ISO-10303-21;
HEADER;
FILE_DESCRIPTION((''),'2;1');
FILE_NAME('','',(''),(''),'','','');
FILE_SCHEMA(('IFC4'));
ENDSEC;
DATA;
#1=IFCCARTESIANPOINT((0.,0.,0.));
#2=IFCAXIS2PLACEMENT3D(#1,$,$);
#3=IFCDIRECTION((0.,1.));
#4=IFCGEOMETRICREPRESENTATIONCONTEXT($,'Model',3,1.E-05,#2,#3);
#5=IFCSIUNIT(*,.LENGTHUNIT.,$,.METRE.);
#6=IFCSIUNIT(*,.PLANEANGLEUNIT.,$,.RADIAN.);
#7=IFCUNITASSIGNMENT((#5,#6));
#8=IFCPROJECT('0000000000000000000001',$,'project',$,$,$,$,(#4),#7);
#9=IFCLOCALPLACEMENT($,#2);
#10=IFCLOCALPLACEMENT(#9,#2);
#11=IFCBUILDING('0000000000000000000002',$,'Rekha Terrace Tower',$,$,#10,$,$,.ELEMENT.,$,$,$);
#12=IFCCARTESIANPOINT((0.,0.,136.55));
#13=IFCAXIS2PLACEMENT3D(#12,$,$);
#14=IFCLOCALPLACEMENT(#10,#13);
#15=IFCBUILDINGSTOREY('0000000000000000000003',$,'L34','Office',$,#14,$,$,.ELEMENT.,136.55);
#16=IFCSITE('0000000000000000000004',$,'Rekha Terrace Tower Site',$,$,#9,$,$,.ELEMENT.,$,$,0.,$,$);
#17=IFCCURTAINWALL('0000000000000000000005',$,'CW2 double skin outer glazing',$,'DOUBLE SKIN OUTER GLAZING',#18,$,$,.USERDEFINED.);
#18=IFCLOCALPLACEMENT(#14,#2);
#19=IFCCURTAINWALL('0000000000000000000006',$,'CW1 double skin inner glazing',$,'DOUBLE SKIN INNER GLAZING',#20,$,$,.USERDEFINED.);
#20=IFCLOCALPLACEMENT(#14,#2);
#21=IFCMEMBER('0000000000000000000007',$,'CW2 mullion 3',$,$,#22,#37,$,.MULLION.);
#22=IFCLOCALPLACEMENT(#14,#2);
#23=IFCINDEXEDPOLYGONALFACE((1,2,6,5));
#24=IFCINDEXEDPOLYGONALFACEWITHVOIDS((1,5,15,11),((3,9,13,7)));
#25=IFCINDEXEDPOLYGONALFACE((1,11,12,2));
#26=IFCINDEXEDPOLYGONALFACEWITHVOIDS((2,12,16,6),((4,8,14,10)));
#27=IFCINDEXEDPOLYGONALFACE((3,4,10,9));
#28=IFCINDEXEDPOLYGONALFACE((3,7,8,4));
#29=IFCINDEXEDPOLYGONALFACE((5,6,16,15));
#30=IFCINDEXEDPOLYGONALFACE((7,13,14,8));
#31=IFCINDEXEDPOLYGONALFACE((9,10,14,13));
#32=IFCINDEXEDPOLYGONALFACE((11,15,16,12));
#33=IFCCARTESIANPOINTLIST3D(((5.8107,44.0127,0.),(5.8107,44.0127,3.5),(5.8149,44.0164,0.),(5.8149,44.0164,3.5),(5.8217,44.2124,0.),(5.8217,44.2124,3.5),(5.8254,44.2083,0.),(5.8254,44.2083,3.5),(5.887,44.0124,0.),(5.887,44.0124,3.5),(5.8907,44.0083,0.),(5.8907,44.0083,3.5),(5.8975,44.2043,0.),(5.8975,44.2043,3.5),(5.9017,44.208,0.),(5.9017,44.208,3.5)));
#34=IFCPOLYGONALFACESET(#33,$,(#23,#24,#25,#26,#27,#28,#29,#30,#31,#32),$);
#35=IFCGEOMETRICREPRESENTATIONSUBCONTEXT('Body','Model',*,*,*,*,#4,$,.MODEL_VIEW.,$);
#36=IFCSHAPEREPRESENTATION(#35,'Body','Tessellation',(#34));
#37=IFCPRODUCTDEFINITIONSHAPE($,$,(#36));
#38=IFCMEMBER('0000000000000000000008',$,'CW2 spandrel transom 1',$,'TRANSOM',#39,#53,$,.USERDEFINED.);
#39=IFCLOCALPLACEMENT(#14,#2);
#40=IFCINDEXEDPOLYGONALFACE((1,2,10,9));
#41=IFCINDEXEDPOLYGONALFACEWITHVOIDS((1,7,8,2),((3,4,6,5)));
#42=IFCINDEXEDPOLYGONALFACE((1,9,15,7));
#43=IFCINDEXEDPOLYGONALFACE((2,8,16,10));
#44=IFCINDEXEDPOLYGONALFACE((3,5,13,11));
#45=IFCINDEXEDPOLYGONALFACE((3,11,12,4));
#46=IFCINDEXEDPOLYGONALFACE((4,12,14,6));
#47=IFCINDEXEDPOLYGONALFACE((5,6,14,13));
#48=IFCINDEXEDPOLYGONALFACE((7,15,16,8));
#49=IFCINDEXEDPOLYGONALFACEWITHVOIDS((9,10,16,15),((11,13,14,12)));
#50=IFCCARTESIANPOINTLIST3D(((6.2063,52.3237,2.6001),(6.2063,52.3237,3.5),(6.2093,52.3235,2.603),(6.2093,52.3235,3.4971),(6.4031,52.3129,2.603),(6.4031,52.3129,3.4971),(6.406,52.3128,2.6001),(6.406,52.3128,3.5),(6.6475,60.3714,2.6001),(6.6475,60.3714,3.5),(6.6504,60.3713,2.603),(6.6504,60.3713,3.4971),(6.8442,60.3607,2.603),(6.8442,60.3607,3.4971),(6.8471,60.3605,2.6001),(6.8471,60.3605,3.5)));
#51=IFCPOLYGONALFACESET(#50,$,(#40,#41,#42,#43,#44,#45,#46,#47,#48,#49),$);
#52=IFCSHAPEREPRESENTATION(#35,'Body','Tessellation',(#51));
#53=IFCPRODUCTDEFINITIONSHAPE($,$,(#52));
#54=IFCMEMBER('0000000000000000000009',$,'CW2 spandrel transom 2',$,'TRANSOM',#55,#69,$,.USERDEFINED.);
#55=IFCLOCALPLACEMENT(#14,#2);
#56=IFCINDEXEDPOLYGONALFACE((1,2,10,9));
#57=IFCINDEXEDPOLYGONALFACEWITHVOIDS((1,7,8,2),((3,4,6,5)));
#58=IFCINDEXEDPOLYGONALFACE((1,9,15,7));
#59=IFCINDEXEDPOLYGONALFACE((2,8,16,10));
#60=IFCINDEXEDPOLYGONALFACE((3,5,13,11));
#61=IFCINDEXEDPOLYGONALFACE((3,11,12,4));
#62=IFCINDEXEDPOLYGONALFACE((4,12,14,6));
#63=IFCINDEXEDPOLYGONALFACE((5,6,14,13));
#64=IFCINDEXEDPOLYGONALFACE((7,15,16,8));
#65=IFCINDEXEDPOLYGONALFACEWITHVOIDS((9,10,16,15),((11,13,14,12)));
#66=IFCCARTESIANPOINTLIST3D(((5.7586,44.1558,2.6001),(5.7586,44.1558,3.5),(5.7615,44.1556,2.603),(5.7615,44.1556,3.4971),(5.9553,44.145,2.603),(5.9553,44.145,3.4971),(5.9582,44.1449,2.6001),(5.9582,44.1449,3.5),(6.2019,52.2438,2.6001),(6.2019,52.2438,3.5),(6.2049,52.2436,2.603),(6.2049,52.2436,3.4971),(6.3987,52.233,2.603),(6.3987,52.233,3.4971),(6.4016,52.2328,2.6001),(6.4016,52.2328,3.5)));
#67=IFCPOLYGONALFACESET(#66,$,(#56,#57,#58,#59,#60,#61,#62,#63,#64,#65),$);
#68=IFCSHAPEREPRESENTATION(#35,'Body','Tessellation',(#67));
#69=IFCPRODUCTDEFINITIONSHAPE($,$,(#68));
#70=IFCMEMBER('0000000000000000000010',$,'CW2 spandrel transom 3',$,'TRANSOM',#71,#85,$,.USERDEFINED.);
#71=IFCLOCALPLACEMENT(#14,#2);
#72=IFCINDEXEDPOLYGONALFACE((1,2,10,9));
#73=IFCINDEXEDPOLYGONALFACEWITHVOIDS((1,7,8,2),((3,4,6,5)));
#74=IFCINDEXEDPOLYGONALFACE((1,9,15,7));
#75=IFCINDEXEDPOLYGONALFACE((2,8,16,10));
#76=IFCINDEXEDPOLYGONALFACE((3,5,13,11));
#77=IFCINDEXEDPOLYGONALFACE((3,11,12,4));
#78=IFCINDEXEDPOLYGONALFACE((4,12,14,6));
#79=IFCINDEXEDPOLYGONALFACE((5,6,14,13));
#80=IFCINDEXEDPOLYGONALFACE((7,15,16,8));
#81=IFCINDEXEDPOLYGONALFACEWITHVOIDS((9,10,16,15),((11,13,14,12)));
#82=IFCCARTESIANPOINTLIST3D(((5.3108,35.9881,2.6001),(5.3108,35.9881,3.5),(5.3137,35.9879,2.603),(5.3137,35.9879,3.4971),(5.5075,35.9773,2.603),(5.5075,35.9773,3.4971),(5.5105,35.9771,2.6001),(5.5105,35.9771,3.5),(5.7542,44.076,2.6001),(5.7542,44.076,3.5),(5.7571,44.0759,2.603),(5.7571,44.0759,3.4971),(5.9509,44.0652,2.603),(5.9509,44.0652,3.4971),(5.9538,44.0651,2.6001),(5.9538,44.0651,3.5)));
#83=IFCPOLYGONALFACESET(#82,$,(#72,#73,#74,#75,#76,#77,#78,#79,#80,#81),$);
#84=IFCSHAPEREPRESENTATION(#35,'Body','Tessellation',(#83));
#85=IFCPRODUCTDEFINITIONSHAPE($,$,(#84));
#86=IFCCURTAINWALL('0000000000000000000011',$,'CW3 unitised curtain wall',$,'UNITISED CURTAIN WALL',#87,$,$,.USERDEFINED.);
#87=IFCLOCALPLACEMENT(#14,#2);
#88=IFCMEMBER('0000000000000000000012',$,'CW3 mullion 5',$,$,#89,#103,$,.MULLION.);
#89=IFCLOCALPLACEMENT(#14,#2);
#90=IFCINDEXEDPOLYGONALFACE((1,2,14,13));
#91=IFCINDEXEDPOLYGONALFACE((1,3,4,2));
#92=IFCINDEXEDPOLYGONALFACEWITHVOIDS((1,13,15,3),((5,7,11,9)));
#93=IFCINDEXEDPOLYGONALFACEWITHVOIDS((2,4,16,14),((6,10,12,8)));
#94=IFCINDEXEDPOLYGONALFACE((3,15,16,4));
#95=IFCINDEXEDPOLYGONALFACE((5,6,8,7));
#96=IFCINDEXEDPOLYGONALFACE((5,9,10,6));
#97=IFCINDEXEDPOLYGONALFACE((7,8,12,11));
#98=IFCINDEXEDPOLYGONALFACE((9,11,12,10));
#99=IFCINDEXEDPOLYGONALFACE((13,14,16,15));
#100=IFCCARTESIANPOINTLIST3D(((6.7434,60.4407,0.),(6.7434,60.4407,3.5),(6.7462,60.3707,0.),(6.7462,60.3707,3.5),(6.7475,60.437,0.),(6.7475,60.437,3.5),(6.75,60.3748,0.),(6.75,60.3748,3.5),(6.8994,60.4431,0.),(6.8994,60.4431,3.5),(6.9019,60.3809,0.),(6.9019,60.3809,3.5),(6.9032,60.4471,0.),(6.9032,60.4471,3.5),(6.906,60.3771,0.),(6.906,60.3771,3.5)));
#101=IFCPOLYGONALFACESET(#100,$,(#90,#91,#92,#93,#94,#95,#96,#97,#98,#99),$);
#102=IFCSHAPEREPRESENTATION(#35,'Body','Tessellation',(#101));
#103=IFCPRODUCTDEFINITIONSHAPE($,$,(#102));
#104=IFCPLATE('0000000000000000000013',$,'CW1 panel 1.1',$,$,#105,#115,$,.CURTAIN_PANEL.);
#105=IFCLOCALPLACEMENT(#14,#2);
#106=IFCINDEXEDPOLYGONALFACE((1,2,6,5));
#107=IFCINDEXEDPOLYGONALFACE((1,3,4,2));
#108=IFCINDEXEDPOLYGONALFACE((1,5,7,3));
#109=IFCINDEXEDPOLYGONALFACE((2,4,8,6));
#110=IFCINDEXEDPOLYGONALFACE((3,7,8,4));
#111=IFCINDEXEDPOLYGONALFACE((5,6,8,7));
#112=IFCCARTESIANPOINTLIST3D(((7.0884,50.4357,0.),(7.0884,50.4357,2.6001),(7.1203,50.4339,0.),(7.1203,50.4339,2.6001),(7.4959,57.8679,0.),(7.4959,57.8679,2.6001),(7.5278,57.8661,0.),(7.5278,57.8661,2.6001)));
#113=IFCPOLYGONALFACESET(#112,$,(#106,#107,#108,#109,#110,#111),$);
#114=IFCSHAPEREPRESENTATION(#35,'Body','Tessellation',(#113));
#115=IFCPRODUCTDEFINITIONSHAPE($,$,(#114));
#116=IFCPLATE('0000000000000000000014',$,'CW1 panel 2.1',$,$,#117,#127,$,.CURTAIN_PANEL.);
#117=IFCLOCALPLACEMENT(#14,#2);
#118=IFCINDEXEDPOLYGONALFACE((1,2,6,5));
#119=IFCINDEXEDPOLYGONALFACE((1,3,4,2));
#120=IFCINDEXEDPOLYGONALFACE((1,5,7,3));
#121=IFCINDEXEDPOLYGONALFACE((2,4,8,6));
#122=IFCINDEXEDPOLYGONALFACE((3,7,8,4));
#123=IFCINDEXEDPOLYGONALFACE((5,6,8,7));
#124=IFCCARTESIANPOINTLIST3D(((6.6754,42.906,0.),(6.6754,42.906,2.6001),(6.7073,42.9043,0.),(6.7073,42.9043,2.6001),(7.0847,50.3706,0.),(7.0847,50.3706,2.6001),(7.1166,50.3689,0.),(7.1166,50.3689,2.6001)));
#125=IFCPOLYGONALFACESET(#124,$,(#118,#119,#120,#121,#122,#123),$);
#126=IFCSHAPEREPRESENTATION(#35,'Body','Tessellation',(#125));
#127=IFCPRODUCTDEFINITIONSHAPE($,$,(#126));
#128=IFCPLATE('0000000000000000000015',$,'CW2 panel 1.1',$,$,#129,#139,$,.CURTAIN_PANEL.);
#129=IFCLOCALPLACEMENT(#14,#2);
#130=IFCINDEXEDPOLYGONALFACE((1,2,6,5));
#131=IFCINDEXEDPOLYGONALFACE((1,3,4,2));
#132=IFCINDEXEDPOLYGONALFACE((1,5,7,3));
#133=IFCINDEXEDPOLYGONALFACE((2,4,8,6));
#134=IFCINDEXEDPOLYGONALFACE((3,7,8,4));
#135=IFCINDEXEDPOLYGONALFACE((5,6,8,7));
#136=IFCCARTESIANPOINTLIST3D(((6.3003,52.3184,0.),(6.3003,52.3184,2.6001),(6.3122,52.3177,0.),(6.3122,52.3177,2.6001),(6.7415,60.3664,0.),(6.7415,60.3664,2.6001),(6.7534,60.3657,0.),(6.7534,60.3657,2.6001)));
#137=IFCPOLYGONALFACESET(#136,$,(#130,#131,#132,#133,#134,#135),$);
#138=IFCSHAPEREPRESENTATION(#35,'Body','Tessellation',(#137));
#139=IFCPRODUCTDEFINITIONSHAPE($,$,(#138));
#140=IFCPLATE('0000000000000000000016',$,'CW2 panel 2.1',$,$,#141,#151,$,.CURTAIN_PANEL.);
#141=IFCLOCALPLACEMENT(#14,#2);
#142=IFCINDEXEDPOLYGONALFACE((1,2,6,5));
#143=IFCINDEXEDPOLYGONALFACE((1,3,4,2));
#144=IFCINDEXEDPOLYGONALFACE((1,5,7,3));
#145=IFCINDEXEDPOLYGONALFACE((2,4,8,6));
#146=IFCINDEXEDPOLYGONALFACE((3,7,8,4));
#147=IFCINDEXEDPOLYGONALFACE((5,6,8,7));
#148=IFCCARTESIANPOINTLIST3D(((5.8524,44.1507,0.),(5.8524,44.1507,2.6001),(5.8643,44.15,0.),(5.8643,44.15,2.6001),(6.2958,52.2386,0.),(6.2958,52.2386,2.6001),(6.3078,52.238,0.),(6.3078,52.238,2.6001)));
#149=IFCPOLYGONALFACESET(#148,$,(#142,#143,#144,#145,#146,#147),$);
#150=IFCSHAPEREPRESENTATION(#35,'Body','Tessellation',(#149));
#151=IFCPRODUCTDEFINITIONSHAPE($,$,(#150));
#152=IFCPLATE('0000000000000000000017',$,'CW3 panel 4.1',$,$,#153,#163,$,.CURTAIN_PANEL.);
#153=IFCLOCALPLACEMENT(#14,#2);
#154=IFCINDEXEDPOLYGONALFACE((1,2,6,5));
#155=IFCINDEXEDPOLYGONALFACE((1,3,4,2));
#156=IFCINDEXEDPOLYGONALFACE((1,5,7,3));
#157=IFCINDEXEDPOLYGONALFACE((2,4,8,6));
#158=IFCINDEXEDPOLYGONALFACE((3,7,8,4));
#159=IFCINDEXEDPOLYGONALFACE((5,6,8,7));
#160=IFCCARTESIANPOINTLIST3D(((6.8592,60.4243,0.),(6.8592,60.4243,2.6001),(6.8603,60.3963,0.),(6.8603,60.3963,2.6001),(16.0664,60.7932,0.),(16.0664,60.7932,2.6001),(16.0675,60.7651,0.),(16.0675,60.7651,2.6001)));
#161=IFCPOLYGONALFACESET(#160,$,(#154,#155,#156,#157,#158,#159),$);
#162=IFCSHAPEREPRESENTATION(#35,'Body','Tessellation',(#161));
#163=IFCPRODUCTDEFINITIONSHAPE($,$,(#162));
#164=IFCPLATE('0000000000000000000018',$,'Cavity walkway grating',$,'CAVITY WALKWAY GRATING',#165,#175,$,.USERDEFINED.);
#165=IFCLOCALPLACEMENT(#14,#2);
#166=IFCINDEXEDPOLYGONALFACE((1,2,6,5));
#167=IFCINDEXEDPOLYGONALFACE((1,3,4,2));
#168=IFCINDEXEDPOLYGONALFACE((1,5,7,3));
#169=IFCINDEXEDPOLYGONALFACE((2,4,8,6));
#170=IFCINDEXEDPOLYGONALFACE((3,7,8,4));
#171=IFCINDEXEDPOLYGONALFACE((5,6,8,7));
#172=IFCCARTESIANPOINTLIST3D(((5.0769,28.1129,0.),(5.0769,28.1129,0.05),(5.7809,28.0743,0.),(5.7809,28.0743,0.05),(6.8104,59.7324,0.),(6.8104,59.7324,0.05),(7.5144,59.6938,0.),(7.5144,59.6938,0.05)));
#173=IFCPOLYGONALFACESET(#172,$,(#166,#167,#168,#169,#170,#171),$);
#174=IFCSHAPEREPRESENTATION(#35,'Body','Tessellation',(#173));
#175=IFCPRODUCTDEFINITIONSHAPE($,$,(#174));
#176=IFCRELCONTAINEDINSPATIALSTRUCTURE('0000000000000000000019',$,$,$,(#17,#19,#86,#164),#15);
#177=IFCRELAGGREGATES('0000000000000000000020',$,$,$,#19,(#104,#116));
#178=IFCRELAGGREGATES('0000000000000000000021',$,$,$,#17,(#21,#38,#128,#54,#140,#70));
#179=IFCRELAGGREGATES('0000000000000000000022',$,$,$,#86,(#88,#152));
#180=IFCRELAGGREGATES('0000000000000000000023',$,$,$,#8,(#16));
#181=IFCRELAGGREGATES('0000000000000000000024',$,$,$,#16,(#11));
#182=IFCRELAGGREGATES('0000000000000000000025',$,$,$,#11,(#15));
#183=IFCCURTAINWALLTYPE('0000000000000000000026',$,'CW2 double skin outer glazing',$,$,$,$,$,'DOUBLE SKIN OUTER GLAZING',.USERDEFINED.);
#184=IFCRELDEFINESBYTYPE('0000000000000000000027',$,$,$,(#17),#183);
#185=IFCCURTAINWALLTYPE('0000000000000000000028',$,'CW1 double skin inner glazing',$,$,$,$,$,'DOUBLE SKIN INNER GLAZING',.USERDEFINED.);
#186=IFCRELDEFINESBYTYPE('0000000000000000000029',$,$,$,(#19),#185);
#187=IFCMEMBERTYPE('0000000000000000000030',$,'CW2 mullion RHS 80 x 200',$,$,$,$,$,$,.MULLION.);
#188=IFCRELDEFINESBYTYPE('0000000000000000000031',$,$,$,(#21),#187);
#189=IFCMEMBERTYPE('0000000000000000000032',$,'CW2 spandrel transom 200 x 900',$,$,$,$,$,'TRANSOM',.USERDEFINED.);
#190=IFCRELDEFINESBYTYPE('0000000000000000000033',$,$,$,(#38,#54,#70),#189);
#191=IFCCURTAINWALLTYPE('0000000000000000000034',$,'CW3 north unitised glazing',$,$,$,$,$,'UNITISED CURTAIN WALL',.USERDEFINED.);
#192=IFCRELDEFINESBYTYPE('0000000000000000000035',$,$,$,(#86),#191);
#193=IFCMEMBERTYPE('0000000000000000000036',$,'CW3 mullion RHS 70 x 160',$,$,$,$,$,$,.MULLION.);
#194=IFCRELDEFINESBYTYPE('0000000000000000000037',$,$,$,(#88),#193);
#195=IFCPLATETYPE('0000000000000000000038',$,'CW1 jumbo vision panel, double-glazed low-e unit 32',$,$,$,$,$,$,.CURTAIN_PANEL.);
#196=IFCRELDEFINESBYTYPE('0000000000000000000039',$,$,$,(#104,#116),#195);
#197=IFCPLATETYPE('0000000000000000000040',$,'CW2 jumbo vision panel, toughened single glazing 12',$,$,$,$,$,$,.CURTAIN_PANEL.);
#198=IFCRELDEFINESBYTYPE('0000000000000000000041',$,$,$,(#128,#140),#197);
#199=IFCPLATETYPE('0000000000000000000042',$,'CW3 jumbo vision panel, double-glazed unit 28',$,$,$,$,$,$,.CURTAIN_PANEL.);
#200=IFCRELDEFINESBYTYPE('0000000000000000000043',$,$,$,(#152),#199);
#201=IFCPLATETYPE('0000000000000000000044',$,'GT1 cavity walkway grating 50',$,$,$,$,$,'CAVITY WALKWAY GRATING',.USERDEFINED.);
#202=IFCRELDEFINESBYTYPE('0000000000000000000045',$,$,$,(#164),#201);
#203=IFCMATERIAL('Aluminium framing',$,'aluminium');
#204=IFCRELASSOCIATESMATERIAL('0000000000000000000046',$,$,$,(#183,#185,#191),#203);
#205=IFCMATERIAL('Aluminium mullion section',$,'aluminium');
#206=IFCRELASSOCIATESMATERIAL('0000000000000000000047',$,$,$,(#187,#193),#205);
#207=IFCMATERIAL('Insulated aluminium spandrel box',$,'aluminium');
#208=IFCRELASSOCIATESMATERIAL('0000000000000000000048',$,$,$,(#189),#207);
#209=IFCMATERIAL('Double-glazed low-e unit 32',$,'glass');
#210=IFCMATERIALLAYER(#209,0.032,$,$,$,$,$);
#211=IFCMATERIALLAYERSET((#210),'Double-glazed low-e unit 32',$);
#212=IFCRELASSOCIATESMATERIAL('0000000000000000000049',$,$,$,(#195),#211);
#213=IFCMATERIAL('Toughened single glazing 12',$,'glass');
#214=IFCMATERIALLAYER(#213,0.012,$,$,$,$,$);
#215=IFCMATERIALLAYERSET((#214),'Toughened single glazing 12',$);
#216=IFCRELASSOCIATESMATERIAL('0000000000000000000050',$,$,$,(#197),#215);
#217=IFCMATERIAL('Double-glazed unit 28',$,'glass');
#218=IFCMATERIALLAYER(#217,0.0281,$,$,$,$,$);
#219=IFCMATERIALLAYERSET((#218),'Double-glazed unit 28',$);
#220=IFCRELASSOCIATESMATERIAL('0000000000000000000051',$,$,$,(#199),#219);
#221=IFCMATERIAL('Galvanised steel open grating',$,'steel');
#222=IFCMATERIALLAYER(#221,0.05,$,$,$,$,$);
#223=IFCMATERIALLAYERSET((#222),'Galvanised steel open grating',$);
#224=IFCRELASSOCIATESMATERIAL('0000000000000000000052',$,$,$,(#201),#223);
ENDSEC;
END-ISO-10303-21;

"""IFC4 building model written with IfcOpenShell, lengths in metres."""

from ifc_helpers import new_model, si_unit, direction, frame, origin, origin_2d, place, context, subcontext, project, spatial, rectangle, hollow_rectangle, extrude, material, layer, layer_set, material_profile, profile_set, type_object, element, aggregate, save


model = new_model("IFC4")

# Units and contexts
model_context = context("Model", 3, precision=1e-05, world=origin(), true_north=direction((0.0, 1.0)))
body_context = subcontext(model_context, "Body", "Model", "MODEL_VIEW")
ifc_project = project(units=[si_unit("LENGTHUNIT", "METRE"), si_unit("PLANEANGLEUNIT", "RADIAN")], contexts=[model_context])

# Site, building, storey
site_placement = place(None, origin())
site = spatial("IfcSite", under=ifc_project, at=site_placement, Name="Rekha Terrace Tower Site", CompositionType="ELEMENT", RefElevation=0.0)
building_placement = place(site_placement, origin())
building = spatial("IfcBuilding", under=site, at=building_placement, Name="Rekha Terrace Tower", CompositionType="ELEMENT")
storey_placement = place(building_placement, frame((0.0, 0.0, 136.55)))
storey = spatial("IfcBuildingStorey", under=building, at=storey_placement, Name="L34", Description="Office", CompositionType="ELEMENT", Elevation=136.55)

# Curtain walls
ifc_material_1 = material(Name="Aluminium framing", Category="aluminium")
curtain_wall_type_1 = type_object("IfcCurtainWallType", Name="CW2 double skin outer glazing", ElementType="DOUBLE SKIN OUTER GLAZING", PredefinedType="USERDEFINED", material=ifc_material_1)
curtain_wall_1_placement = place(storey_placement, origin())
curtain_wall_1 = element("IfcCurtainWall", 1, at=curtain_wall_1_placement, inside=storey, type_object=curtain_wall_type_1, Name="CW2 double skin outer glazing", ObjectType="DOUBLE SKIN OUTER GLAZING", PredefinedType="USERDEFINED")
curtain_wall_type_2 = type_object("IfcCurtainWallType", Name="CW1 double skin inner glazing", ElementType="DOUBLE SKIN INNER GLAZING", PredefinedType="USERDEFINED", material=ifc_material_1)
curtain_wall_2_placement = place(storey_placement, origin())
curtain_wall_2 = element("IfcCurtainWall", 2, at=curtain_wall_2_placement, inside=storey, type_object=curtain_wall_type_2, Name="CW1 double skin inner glazing", ObjectType="DOUBLE SKIN INNER GLAZING", PredefinedType="USERDEFINED")
ifc_material_2 = material(Name="Aluminium mullion section", Category="aluminium")
ifc_material_3 = material(Name="Insulated aluminium spandrel box", Category="aluminium")

# Members
ifc_material_profile_1 = material_profile(ifc_material_2, hollow_rectangle(XDim=0.0801, YDim=0.2, WallThickness=0.0039, at=origin_2d()), Name="AL RHS 80x200")
ifc_profile_set_1 = profile_set([ifc_material_profile_1], Name="Aluminium mullion section")
member_type_1 = type_object("IfcMemberType", Name="CW2 mullion RHS 80 x 200", PredefinedType="MULLION", material=ifc_profile_set_1)
member_1_placement = place(storey_placement, frame((5.8562, 44.1104, 0.0), z_axis=(0.0, 0.0, 1.0), x_axis=(0.998501, -0.054742, 0.0)))
member_1 = element("IfcMember", 3, at=member_1_placement, type_object=member_type_1, Name="CW2 mullion 3", PredefinedType="MULLION", context=body_context, shape_type="SweptSolid", body=[
    extrude(hollow_rectangle(XDim=0.0801, YDim=0.2, WallThickness=0.0039, at=origin_2d()), origin(), (0.0, 0.0, 1.0), 3.5),
])
ifc_material_profile_2 = material_profile(ifc_material_3, hollow_rectangle(XDim=0.2, YDim=0.8999, WallThickness=0.0029, at=origin_2d()), Name="AL SPANDREL BOX 200x900")
ifc_profile_set_2 = profile_set([ifc_material_profile_2], Name="Insulated aluminium spandrel box")
member_type_2 = type_object("IfcMemberType", Name="CW2 spandrel transom 200 x 900", ElementType="TRANSOM", PredefinedType="USERDEFINED", material=ifc_profile_set_2)
member_2_placement = place(storey_placement, frame((6.7473, 60.366, 3.05), z_axis=(-0.054735, -0.998501, 0.0), x_axis=(0.998501, -0.054735, 0.0)))
member_2 = element("IfcMember", 4, at=member_2_placement, type_object=member_type_2, Name="CW2 spandrel transom 1", ObjectType="TRANSOM", PredefinedType="USERDEFINED", context=body_context, shape_type="SweptSolid", body=[
    extrude(hollow_rectangle(XDim=0.2, YDim=0.8999, WallThickness=0.0029, at=origin_2d()), origin(), (0.0, 0.0, 1.0), 8.0598),
])
member_3_placement = place(storey_placement, frame((6.3018, 52.2383, 3.05), z_axis=(-0.054735, -0.998501, 0.0), x_axis=(0.998501, -0.054735, 0.0)))
member_3 = element("IfcMember", 5, at=member_3_placement, type_object=member_type_2, Name="CW2 spandrel transom 2", ObjectType="TRANSOM", PredefinedType="USERDEFINED", context=body_context, shape_type="SweptSolid", body=[
    extrude(hollow_rectangle(XDim=0.2, YDim=0.8999, WallThickness=0.0029, at=origin_2d()), origin(), (0.0, 0.0, 1.0), 8.1001),
])
member_4_placement = place(storey_placement, frame((5.854, 44.0706, 3.05), z_axis=(-0.054735, -0.998501, 0.0), x_axis=(0.998501, -0.054735, 0.0)))
member_4 = element("IfcMember", 6, at=member_4_placement, type_object=member_type_2, Name="CW2 spandrel transom 3", ObjectType="TRANSOM", PredefinedType="USERDEFINED", context=body_context, shape_type="SweptSolid", body=[
    extrude(hollow_rectangle(XDim=0.2, YDim=0.8999, WallThickness=0.0029, at=origin_2d()), origin(), (0.0, 0.0, 1.0), 8.1001),
])

# Curtain wall, member
curtain_wall_type_3 = type_object("IfcCurtainWallType", Name="CW3 north unitised glazing", ElementType="UNITISED CURTAIN WALL", PredefinedType="USERDEFINED", material=ifc_material_1)
curtain_wall_3_placement = place(storey_placement, origin())
curtain_wall_3 = element("IfcCurtainWall", 7, at=curtain_wall_3_placement, inside=storey, type_object=curtain_wall_type_3, Name="CW3 unitised curtain wall", ObjectType="UNITISED CURTAIN WALL", PredefinedType="USERDEFINED")
ifc_material_profile_3 = material_profile(ifc_material_2, hollow_rectangle(XDim=0.0701, YDim=0.1599, WallThickness=0.0039, at=origin_2d()), Name="AL RHS 70x160")
ifc_profile_set_3 = profile_set([ifc_material_profile_3], Name="Aluminium mullion section")
member_type_3 = type_object("IfcMemberType", Name="CW3 mullion RHS 70 x 160", PredefinedType="MULLION", material=ifc_profile_set_3)
member_5_placement = place(storey_placement, frame((6.8247, 60.4089, 0.0), z_axis=(0.0, 0.0, 1.0), x_axis=(0.040032, -0.999198, 0.0)))
member_5 = element("IfcMember", 8, at=member_5_placement, type_object=member_type_3, Name="CW3 mullion 5", PredefinedType="MULLION", context=body_context, shape_type="SweptSolid", body=[
    extrude(hollow_rectangle(XDim=0.0701, YDim=0.1599, WallThickness=0.0039, at=origin_2d()), origin(), (0.0, 0.0, 1.0), 3.5),
])

# Plates
ifc_material_4 = material(Name="Double-glazed low-e unit 32", Category="glass")
ifc_layer_1 = layer(ifc_material_4, 0.032)
ifc_layer_set_1 = layer_set([ifc_layer_1], Name="Double-glazed low-e unit 32")
plate_type_1 = type_object("IfcPlateType", Name="CW1 jumbo vision panel, double-glazed low-e unit 32", PredefinedType="CURTAIN_PANEL", material=ifc_layer_set_1)
plate_1_placement = place(storey_placement, frame((7.3081, 54.1509, 0.0), z_axis=(0.0, 0.0, 1.0), x_axis=(-0.054742, -0.998501, 0.0)))
plate_1 = element("IfcPlate", 9, at=plate_1_placement, type_object=plate_type_1, Name="CW1 panel 1.1", PredefinedType="CURTAIN_PANEL", context=body_context, shape_type="SweptSolid", body=[
    extrude(rectangle(XDim=7.4434, YDim=0.032, at=origin_2d()), origin(), (0.0, 0.0, 1.0), 2.6001),
])
plate_2_placement = place(storey_placement, frame((6.896, 46.6375, 0.0), z_axis=(0.0, 0.0, 1.0), x_axis=(-0.054742, -0.998501, 0.0)))
plate_2 = element("IfcPlate", 10, at=plate_2_placement, type_object=plate_type_1, Name="CW1 panel 2.1", PredefinedType="CURTAIN_PANEL", context=body_context, shape_type="SweptSolid", body=[
    extrude(rectangle(XDim=7.4758, YDim=0.032, at=origin_2d()), origin(), (0.0, 0.0, 1.0), 2.6001),
])
aggregate(curtain_wall_2, [plate_1, plate_2])
ifc_material_5 = material(Name="Toughened single glazing 12", Category="glass")
ifc_layer_2 = layer(ifc_material_5, 0.012)
ifc_layer_set_2 = layer_set([ifc_layer_2], Name="Toughened single glazing 12")
plate_type_2 = type_object("IfcPlateType", Name="CW2 jumbo vision panel, toughened single glazing 12", PredefinedType="CURTAIN_PANEL", material=ifc_layer_set_2)
plate_3_placement = place(storey_placement, frame((6.5269, 56.342, 0.0), z_axis=(0.0, 0.0, 1.0), x_axis=(-0.054742, -0.998501, 0.0)))
plate_3 = element("IfcPlate", 11, at=plate_3_placement, type_object=plate_type_2, Name="CW2 panel 1.1", PredefinedType="CURTAIN_PANEL", context=body_context, shape_type="SweptSolid", body=[
    extrude(rectangle(XDim=8.0601, YDim=0.012, at=origin_2d()), origin(), (0.0, 0.0, 1.0), 2.6001),
])
plate_4_placement = place(storey_placement, frame((6.0801, 48.1943, 0.0), z_axis=(0.0, 0.0, 1.0), x_axis=(-0.054742, -0.998501, 0.0)))
plate_4 = element("IfcPlate", 12, at=plate_4_placement, type_object=plate_type_2, Name="CW2 panel 2.1", PredefinedType="CURTAIN_PANEL", context=body_context, shape_type="SweptSolid", body=[
    extrude(rectangle(XDim=8.1001, YDim=0.012, at=origin_2d()), origin(), (0.0, 0.0, 1.0), 2.6001),
])
aggregate(curtain_wall_1, [member_1, member_2, plate_3, member_3, plate_4, member_4])
ifc_material_6 = material(Name="Double-glazed unit 28", Category="glass")
ifc_layer_3 = layer(ifc_material_6, 0.0281)
ifc_layer_set_3 = layer_set([ifc_layer_3], Name="Double-glazed unit 28")
plate_type_3 = type_object("IfcPlateType", Name="CW3 jumbo vision panel, double-glazed unit 28", PredefinedType="CURTAIN_PANEL", material=ifc_layer_set_3)
plate_5_placement = place(storey_placement, frame((11.4634, 60.5947, 0.0), z_axis=(0.0, 0.0, 1.0), x_axis=(-0.999198, -0.040032, 0.0)))
plate_5 = element("IfcPlate", 13, at=plate_5_placement, type_object=plate_type_3, Name="CW3 panel 4.1", PredefinedType="CURTAIN_PANEL", context=body_context, shape_type="SweptSolid", body=[
    extrude(rectangle(XDim=9.2146, YDim=0.0281, at=origin_2d()), origin(), (0.0, 0.0, 1.0), 2.6001),
])
aggregate(curtain_wall_3, [member_5, plate_5])
ifc_material_7 = material(Name="Galvanised steel open grating", Category="steel")
ifc_layer_4 = layer(ifc_material_7, 0.05)
ifc_layer_set_4 = layer_set([ifc_layer_4], Name="Galvanised steel open grating")
plate_type_4 = type_object("IfcPlateType", Name="GT1 cavity walkway grating 50", ElementType="CAVITY WALKWAY GRATING", PredefinedType="USERDEFINED", material=ifc_layer_set_4)
plate_6_placement = place(storey_placement, frame((6.2957, 43.9033, 0.0), z_axis=(0.0, 0.0, 1.0), x_axis=(-0.054742, -0.998501, 0.0)))
element("IfcPlate", 14, at=plate_6_placement, inside=storey, type_object=plate_type_4, Name="Cavity walkway grating", ObjectType="CAVITY WALKWAY GRATING", PredefinedType="USERDEFINED", context=body_context, shape_type="SweptSolid", body=[
    extrude(rectangle(XDim=31.667, YDim=0.7051, at=origin_2d()), origin(), (0.0, 0.0, 1.0), 0.05),
])

save(model, "model.ifc")
